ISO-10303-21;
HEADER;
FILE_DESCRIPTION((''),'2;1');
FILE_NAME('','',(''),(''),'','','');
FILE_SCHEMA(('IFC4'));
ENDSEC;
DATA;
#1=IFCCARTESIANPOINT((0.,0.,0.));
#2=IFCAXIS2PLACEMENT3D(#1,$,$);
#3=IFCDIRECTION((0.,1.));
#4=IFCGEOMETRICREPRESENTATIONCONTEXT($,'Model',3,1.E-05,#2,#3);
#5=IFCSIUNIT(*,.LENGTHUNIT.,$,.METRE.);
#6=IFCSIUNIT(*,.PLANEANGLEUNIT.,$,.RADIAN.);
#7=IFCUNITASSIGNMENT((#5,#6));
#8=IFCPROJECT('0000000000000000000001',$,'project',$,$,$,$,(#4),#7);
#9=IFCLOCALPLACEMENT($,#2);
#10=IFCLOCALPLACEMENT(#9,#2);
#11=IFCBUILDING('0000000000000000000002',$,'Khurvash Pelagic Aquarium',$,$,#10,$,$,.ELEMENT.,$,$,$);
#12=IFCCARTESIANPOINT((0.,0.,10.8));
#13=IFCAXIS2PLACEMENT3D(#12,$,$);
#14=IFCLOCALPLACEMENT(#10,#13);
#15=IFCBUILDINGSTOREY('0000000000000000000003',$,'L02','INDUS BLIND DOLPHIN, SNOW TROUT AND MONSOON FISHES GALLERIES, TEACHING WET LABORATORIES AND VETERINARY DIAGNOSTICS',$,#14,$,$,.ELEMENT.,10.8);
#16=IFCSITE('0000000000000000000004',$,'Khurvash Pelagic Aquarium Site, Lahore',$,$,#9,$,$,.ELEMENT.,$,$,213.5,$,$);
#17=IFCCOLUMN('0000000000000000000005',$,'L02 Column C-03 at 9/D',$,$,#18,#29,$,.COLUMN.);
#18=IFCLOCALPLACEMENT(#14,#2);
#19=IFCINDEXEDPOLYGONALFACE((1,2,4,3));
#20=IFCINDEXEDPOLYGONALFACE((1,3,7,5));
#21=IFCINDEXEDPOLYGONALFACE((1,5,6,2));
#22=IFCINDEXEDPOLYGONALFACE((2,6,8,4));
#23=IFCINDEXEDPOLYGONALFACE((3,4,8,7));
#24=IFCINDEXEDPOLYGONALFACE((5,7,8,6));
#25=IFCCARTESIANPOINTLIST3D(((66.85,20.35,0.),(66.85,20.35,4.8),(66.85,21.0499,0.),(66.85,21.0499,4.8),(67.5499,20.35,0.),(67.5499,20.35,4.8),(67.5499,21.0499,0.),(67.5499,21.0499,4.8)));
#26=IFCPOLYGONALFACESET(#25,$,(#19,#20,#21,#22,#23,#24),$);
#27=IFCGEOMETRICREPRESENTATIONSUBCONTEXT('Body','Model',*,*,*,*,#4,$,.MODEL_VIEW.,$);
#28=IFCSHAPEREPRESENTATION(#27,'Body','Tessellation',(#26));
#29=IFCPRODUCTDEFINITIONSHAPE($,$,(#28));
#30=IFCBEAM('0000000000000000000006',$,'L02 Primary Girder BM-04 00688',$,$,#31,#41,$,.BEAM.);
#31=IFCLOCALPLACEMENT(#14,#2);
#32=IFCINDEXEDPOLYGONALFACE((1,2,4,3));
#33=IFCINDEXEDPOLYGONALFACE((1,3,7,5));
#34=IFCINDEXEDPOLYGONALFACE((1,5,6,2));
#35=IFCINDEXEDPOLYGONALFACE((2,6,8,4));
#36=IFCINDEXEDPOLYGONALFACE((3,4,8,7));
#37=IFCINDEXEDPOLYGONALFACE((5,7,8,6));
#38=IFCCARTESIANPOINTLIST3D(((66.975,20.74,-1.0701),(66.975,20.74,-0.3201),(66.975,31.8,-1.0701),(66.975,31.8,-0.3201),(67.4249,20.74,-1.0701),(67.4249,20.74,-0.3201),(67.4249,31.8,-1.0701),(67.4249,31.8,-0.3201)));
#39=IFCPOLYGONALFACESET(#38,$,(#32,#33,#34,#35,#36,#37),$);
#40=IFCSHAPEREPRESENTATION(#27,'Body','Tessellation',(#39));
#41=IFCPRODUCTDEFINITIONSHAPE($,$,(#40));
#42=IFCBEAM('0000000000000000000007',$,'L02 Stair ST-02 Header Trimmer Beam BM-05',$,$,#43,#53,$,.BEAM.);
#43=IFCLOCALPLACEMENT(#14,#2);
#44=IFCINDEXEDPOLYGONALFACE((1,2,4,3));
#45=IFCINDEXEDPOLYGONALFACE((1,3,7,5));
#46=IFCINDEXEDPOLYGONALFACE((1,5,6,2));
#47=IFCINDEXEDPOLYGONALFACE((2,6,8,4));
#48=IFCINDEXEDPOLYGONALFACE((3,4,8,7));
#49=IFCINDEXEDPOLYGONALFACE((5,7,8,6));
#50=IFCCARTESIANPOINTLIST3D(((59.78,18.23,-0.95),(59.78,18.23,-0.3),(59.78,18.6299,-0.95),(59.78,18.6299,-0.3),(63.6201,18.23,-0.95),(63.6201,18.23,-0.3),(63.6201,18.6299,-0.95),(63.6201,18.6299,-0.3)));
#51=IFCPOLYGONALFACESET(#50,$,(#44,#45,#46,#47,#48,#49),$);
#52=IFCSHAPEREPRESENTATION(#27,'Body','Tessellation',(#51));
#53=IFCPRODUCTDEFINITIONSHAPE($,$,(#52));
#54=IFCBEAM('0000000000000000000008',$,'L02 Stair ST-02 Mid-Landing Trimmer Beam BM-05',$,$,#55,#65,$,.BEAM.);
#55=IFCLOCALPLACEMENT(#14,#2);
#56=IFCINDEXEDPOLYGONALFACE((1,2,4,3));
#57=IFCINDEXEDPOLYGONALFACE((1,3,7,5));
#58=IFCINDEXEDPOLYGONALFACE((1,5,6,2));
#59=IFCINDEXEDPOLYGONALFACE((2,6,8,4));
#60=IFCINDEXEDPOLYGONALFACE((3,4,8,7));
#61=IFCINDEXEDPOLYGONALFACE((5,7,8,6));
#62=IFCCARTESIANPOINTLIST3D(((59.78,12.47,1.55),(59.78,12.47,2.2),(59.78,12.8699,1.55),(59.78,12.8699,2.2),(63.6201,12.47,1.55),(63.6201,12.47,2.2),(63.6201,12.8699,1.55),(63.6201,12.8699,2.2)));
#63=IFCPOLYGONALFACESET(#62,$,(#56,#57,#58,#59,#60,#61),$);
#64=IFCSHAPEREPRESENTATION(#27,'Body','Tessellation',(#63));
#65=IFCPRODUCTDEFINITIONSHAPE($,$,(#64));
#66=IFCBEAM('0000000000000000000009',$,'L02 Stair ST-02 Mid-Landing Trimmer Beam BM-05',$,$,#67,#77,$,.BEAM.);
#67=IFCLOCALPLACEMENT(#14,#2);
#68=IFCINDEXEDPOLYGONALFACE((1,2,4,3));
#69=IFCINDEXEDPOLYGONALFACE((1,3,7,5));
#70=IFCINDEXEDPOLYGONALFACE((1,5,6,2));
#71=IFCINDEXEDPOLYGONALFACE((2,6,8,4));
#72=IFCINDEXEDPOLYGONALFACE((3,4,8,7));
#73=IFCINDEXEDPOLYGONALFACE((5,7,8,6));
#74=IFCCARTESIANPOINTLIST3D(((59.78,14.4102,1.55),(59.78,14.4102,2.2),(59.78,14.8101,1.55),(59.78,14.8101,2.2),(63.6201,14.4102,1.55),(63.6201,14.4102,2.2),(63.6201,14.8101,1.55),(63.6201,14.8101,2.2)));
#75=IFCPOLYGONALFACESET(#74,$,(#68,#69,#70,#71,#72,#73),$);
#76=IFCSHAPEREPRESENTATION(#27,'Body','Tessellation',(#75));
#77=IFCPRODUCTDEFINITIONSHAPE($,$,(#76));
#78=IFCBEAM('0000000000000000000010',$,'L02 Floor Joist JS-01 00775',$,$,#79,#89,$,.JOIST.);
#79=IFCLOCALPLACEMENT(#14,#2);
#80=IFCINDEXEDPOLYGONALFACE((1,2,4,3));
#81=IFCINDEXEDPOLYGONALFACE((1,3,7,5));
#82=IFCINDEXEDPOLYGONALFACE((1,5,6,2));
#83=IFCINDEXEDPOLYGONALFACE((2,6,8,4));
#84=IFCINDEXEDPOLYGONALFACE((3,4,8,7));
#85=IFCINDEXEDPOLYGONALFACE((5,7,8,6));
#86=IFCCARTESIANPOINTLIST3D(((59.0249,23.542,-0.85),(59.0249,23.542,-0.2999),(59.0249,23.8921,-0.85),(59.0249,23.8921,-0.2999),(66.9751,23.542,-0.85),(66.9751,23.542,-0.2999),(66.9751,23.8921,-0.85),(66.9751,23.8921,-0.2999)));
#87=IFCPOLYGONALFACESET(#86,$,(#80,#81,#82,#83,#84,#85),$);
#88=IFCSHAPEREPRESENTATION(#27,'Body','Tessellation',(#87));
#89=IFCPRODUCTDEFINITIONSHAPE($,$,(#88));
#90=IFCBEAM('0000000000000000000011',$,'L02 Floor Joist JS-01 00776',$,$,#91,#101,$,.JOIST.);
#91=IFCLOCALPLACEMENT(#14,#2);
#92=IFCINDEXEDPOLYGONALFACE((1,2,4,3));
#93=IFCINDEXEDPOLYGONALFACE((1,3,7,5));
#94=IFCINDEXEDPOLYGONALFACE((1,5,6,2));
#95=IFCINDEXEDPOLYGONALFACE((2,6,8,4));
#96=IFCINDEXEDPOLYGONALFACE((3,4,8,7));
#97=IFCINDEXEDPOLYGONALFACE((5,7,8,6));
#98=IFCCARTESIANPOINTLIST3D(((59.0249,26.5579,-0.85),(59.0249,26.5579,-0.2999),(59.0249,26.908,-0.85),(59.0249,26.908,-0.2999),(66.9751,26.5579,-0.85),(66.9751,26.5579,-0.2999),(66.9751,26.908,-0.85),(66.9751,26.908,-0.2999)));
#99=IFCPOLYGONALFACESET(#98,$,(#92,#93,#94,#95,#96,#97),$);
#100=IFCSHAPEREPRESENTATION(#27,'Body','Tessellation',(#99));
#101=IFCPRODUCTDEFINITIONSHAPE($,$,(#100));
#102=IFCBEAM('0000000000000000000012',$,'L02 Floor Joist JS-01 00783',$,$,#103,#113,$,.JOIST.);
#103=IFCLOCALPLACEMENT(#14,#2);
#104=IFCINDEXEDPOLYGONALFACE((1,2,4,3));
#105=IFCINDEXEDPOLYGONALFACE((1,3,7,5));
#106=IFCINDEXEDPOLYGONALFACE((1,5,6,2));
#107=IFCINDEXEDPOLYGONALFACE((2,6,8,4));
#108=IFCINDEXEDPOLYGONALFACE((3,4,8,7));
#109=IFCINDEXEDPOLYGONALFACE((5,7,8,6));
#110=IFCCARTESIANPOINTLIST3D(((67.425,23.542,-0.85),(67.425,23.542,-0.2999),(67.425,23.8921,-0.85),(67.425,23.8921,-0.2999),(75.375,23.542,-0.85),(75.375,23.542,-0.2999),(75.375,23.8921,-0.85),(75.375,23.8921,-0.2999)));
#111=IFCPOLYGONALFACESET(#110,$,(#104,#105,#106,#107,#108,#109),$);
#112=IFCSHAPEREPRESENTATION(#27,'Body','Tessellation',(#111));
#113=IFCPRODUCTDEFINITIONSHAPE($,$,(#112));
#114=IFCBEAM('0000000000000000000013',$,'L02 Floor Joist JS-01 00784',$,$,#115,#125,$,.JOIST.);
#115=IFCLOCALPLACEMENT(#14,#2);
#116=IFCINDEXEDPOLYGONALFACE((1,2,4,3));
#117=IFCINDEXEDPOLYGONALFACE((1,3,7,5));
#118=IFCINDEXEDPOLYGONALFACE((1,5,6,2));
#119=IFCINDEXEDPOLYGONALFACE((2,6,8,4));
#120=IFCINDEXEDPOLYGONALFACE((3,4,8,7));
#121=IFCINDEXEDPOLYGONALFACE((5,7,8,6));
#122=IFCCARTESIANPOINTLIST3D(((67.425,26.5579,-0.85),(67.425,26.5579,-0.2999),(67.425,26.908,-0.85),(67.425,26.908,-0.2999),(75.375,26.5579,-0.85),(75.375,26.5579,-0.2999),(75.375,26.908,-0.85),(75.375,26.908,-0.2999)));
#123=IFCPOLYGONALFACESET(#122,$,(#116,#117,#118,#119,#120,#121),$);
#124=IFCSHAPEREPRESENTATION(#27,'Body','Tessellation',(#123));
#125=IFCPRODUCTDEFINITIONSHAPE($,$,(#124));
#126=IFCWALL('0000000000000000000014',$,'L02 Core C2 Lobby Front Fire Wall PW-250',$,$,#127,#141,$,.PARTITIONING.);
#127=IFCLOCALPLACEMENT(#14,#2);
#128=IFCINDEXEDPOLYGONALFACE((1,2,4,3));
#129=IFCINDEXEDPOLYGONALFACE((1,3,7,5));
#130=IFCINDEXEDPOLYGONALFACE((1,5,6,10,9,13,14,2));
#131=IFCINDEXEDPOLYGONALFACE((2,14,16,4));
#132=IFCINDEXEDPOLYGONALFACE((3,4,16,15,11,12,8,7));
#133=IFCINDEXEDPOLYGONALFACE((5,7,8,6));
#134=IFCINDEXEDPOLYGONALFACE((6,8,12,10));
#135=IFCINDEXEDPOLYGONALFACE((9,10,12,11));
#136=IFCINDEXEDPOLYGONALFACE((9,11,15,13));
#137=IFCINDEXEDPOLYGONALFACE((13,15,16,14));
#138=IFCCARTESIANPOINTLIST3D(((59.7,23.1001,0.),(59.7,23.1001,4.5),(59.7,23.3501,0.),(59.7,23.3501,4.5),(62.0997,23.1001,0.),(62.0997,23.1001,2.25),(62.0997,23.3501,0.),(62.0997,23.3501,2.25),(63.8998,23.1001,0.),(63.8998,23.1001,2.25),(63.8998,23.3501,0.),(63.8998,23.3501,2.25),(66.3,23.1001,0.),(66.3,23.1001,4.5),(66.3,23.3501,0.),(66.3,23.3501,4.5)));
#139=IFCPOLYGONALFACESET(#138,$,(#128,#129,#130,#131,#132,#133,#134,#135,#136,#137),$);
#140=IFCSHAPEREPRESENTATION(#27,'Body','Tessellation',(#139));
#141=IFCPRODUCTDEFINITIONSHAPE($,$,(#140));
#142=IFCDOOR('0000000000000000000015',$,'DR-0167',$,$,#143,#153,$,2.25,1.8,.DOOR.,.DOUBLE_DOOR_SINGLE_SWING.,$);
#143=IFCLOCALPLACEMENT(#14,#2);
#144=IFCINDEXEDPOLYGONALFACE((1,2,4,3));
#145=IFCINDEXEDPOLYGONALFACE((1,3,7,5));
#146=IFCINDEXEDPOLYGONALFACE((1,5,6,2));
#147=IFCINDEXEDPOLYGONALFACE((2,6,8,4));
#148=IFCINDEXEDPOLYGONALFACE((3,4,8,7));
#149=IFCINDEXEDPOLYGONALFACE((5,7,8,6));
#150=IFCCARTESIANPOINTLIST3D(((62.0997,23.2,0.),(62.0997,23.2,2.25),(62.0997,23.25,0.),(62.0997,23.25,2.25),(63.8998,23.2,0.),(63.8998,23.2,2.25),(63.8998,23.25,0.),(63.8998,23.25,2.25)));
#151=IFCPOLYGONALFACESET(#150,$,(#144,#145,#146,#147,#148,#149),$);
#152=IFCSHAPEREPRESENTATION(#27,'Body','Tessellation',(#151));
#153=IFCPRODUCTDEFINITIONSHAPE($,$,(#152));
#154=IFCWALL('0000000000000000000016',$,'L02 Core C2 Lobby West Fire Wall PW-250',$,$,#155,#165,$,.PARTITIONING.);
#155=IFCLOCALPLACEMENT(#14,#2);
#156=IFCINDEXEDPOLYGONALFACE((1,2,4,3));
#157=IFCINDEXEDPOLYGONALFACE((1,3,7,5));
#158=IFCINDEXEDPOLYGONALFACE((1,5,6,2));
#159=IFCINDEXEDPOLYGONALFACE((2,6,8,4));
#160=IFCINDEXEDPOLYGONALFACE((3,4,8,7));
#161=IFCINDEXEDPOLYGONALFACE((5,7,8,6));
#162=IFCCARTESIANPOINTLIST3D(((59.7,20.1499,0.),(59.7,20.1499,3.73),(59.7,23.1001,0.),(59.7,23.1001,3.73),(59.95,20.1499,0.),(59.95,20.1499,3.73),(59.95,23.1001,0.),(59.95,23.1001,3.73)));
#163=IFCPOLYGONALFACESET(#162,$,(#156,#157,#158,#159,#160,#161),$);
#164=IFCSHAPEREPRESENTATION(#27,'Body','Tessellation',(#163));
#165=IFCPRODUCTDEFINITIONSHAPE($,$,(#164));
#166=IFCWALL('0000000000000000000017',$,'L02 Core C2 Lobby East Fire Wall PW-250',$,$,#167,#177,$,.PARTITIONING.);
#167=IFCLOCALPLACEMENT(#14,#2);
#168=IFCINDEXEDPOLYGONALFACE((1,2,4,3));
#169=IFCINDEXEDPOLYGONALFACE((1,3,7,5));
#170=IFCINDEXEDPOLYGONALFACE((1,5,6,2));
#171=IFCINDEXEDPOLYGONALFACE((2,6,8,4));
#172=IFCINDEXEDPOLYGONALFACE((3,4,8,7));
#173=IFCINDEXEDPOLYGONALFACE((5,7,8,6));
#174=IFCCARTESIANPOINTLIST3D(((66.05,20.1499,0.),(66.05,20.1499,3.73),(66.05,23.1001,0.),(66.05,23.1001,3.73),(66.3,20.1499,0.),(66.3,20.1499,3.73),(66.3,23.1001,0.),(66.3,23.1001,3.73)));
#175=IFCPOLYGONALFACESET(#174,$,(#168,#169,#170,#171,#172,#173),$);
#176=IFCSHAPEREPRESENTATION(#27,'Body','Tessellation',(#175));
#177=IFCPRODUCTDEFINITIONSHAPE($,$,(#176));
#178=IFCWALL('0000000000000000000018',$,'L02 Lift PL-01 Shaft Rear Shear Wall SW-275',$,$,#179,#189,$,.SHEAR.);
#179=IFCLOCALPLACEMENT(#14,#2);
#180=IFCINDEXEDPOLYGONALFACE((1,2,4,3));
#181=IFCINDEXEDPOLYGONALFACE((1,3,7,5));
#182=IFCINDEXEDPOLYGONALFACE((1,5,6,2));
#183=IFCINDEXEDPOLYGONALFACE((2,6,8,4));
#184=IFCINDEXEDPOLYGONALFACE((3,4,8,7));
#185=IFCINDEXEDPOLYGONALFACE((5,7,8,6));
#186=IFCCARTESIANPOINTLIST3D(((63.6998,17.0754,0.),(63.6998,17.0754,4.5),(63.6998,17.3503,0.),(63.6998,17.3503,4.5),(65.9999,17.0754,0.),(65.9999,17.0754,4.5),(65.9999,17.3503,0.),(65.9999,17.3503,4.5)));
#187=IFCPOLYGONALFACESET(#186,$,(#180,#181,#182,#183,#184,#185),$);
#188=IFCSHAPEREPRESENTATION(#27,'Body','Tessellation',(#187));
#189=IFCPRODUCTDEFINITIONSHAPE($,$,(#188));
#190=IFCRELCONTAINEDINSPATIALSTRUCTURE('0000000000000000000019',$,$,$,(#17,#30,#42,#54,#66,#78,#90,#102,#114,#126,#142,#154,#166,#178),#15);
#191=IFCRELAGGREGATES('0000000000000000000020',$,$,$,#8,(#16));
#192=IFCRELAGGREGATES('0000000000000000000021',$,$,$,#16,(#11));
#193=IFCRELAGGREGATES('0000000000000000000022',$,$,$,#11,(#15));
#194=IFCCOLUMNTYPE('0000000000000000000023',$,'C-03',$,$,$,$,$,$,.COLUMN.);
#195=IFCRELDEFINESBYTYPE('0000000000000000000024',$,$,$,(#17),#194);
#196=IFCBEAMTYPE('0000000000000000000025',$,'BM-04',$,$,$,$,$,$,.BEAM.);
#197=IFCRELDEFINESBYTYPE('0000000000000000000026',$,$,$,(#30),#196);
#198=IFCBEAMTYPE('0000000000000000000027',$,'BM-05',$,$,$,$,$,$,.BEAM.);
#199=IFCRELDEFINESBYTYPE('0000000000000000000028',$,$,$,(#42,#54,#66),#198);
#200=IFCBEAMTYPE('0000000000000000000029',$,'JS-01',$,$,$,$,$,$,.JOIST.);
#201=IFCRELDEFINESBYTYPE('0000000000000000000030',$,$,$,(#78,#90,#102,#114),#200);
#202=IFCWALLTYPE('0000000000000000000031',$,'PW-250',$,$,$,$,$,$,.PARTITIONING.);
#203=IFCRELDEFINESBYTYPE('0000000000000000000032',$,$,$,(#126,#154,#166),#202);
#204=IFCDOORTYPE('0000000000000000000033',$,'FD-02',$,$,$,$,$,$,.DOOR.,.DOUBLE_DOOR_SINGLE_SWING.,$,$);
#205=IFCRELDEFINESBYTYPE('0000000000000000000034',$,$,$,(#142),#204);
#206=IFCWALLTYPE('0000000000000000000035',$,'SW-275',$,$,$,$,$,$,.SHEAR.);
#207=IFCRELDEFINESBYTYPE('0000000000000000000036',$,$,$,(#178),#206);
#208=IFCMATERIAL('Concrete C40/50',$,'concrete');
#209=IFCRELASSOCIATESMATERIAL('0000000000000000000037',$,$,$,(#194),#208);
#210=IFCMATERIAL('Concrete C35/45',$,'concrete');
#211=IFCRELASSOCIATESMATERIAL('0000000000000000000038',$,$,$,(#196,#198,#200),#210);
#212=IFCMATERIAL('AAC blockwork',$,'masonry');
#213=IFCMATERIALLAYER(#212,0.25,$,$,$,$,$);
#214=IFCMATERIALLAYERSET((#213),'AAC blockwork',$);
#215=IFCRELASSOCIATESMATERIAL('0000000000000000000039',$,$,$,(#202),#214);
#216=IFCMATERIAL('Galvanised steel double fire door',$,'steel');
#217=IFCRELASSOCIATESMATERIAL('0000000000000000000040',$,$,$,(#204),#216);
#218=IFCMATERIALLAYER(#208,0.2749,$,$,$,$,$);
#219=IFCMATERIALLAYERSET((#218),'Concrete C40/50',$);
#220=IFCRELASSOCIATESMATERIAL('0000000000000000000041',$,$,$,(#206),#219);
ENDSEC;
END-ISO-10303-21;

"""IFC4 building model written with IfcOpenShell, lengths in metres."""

from ifc_helpers import new_model, si_unit, direction, frame, frame_2d, origin, origin_2d, place, context, subcontext, project, spatial, rectangle, extrude, material, layer, layer_set, material_profile, profile_set, type_object, element, fill, save


model = new_model("IFC4")

# Units and contexts
model_context = context("Model", 3, precision=1e-05, world=origin(), true_north=direction((0.0, 1.0)))
body_context = subcontext(model_context, "Body", "Model", "MODEL_VIEW")
ifc_project = project(units=[si_unit("LENGTHUNIT", "METRE"), si_unit("PLANEANGLEUNIT", "RADIAN")], contexts=[model_context])

# Site, building, storey
site_placement = place(None, origin())
site = spatial("IfcSite", under=ifc_project, at=site_placement, Name="Khurvash Pelagic Aquarium Site, Lahore", CompositionType="ELEMENT", RefElevation=213.5)
building_placement = place(site_placement, origin())
building = spatial("IfcBuilding", under=site, at=building_placement, Name="Khurvash Pelagic Aquarium", CompositionType="ELEMENT")
storey_placement = place(building_placement, frame((0.0, 0.0, 10.8)))
storey = spatial("IfcBuildingStorey", under=building, at=storey_placement, Name="L02", Description="INDUS BLIND DOLPHIN, SNOW TROUT AND MONSOON FISHES GALLERIES, TEACHING WET LABORATORIES AND VETERINARY DIAGNOSTICS", CompositionType="ELEMENT", Elevation=10.8)

# Column
ifc_material_1 = material(Name="Concrete C40/50", Category="concrete")
ifc_material_profile_1 = material_profile(ifc_material_1, rectangle(XDim=0.7, YDim=0.7, at=origin_2d()), Name="RC700X700")
ifc_profile_set_1 = profile_set([ifc_material_profile_1], Name="Concrete C40/50")
column_type = type_object("IfcColumnType", Name="C-03", PredefinedType="COLUMN", material=ifc_profile_set_1)
column_placement = place(storey_placement, frame((67.2, 20.7, 0.0), z_axis=(0.0, 0.0, 1.0), x_axis=(1.0, 0.0, 0.0)))
element("IfcColumn", 1, at=column_placement, inside=storey, type_object=column_type, Name="L02 Column C-03 at 9/D", PredefinedType="COLUMN", context=body_context, shape_type="SweptSolid", body=[
    extrude(rectangle(XDim=0.7, YDim=0.7, at=origin_2d()), origin(), (0.0, 0.0, 1.0), 4.8),
])

# Beams
ifc_material_2 = material(Name="Concrete C35/45", Category="concrete")
ifc_material_profile_2 = material_profile(ifc_material_2, rectangle(XDim=0.45, YDim=0.75, at=origin_2d()), Name="RC450X750")
ifc_profile_set_2 = profile_set([ifc_material_profile_2], Name="Concrete C35/45")
beam_type_1 = type_object("IfcBeamType", Name="BM-04", PredefinedType="BEAM", material=ifc_profile_set_2)
beam_placement = place(storey_placement, frame((67.2, 20.74, -0.6951), z_axis=(0.0, 1.0, 0.0), x_axis=(-1.0, 0.0, 0.0)))
element("IfcBeam", 2, at=beam_placement, inside=storey, type_object=beam_type_1, Name="L02 Primary Girder BM-04 00688", PredefinedType="BEAM", context=body_context, shape_type="SweptSolid", body=[
    extrude(rectangle(XDim=0.45, YDim=0.75, at=origin_2d()), origin(), (0.0, 0.0, 1.0), 11.0601),
])
ifc_material_profile_3 = material_profile(ifc_material_2, rectangle(XDim=0.3999, YDim=0.6499, at=origin_2d()), Name="RC400X650")
ifc_profile_set_3 = profile_set([ifc_material_profile_3], Name="Concrete C35/45")
beam_type_2 = type_object("IfcBeamType", Name="BM-05", PredefinedType="BEAM", material=ifc_profile_set_3)
for number, where, z_axis, x_axis, name in (
    (3, (59.78, 18.4299, -0.625), (1.0, 0.0, 0.0), (0.0, 1.0, 0.0), "L02 Stair ST-02 Header Trimmer Beam BM-05"),
    (4, (59.78, 12.6699, 1.875), (1.0, 0.0, 0.0), (0.0, 1.0, 0.0), "L02 Stair ST-02 Mid-Landing Trimmer Beam BM-05"),
    (5, (59.78, 14.6101, 1.875), (1.0, 0.0, 0.0), (0.0, 1.0, 0.0), "L02 Stair ST-02 Mid-Landing Trimmer Beam BM-05"),
):
    element("IfcBeam", number, at=place(storey_placement, frame(where, z_axis=z_axis, x_axis=x_axis)), inside=storey, type_object=beam_type_2, Name=name, PredefinedType="BEAM", context=body_context, shape_type="SweptSolid", body=[
        extrude(rectangle(XDim=0.3999, YDim=0.6499, at=origin_2d()), origin(), (0.0, 0.0, 1.0), 3.8401),
    ])
ifc_material_profile_4 = material_profile(ifc_material_2, rectangle(XDim=0.3501, YDim=0.55, at=origin_2d()), Name="RC350X550")
ifc_profile_set_4 = profile_set([ifc_material_profile_4], Name="Concrete C35/45")
beam_type_3 = type_object("IfcBeamType", Name="JS-01", PredefinedType="JOIST", material=ifc_profile_set_4)
for number, where, z_axis, x_axis, name in (
    (6, (59.0249, 23.717, -0.575), (1.0, 0.0, 0.0), (0.0, 1.0, 0.0), "L02 Floor Joist JS-01 00775"),
    (7, (59.0249, 26.7329, -0.575), (1.0, 0.0, 0.0), (0.0, 1.0, 0.0), "L02 Floor Joist JS-01 00776"),
):
    element("IfcBeam", number, at=place(storey_placement, frame(where, z_axis=z_axis, x_axis=x_axis)), inside=storey, type_object=beam_type_3, Name=name, PredefinedType="JOIST", context=body_context, shape_type="SweptSolid", body=[
        extrude(rectangle(XDim=0.3501, YDim=0.55, at=origin_2d()), origin(), (0.0, 0.0, 1.0), 7.9502),
    ])
for number, where, z_axis, x_axis, name in (
    (8, (67.425, 23.717, -0.575), (1.0, 0.0, 0.0), (0.0, 1.0, 0.0), "L02 Floor Joist JS-01 00783"),
    (9, (67.425, 26.7329, -0.575), (1.0, 0.0, 0.0), (0.0, 1.0, 0.0), "L02 Floor Joist JS-01 00784"),
):
    element("IfcBeam", number, at=place(storey_placement, frame(where, z_axis=z_axis, x_axis=x_axis)), inside=storey, type_object=beam_type_3, Name=name, PredefinedType="JOIST", context=body_context, shape_type="SweptSolid", body=[
        extrude(rectangle(XDim=0.3501, YDim=0.55, at=origin_2d()), origin(), (0.0, 0.0, 1.0), 7.95),
    ])

# Wall, opening, door
ifc_material_3 = material(Name="AAC blockwork", Category="masonry")
ifc_layer_1 = layer(ifc_material_3, 0.25)
ifc_layer_set_1 = layer_set([ifc_layer_1], Name="AAC blockwork")
wall_type_1 = type_object("IfcWallType", Name="PW-250", PredefinedType="PARTITIONING", material=ifc_layer_set_1)
wall_1_placement = place(storey_placement, frame((59.7, 23.2251, 0.0), z_axis=(0.0, 0.0, 1.0), x_axis=(1.0, 0.0, 0.0)))
wall_1 = element("IfcWall", 10, at=wall_1_placement, inside=storey, type_object=wall_type_1, Name="L02 Core C2 Lobby Front Fire Wall PW-250", PredefinedType="PARTITIONING", context=body_context, shape_type="SweptSolid", body=[
    extrude(rectangle(XDim=6.6001, YDim=0.25, at=frame_2d((3.3, 0.0))), origin(), (0.0, 0.0, 1.0), 4.5),
])
opening_1_placement = place(wall_1_placement, frame((2.3999, 0.0, 0.0)))
opening_1 = element("IfcOpeningElement", 11, at=opening_1_placement, cuts=wall_1, PredefinedType="OPENING", context=body_context, shape_type="SweptSolid", body=[
    extrude(rectangle(XDim=1.8, YDim=2.25, at=frame_2d((0.8999, 1.125))), frame((0.0, 0.135, 0.0), z_axis=(0.0, -1.0, 0.0), x_axis=(1.0, 0.0, 0.0)), (0.0, 0.0, 1.0), 0.27),
])
ifc_material_4 = material(Name="Galvanised steel double fire door", Category="steel")
door_type_1 = type_object("IfcDoorType", Name="FD-02", OperationType="DOUBLE_DOOR_SINGLE_SWING", PredefinedType="DOOR", material=ifc_material_4)
door_1_placement = place(opening_1_placement, origin())
door_1 = element("IfcDoor", 12, at=door_1_placement, inside=storey, type_object=door_type_1, Name="DR-0167", OperationType="DOUBLE_DOOR_SINGLE_SWING", OverallHeight=2.25, OverallWidth=1.8, PredefinedType="DOOR", context=body_context, shape_type="SweptSolid", body=[
    extrude(rectangle(XDim=1.8, YDim=2.25, at=frame_2d((0.8999, 1.125))), frame((0.0, 0.0249, 0.0), z_axis=(0.0, -1.0, 0.0), x_axis=(1.0, 0.0, 0.0)), (0.0, 0.0, 1.0), 0.05),
])
fill(opening_1, door_1)

# Walls
for number, where, z_axis, x_axis, name in (
    (13, (59.825, 20.1499, 0.0), (0.0, 0.0, 1.0), (0.0, 1.0, 0.0), "L02 Core C2 Lobby West Fire Wall PW-250"),
    (14, (66.175, 20.1499, 0.0), (0.0, 0.0, 1.0), (0.0, 1.0, 0.0), "L02 Core C2 Lobby East Fire Wall PW-250"),
):
    element("IfcWall", number, at=place(storey_placement, frame(where, z_axis=z_axis, x_axis=x_axis)), inside=storey, type_object=wall_type_1, Name=name, PredefinedType="PARTITIONING", context=body_context, shape_type="SweptSolid", body=[
        extrude(rectangle(XDim=2.9502, YDim=0.25, at=frame_2d((1.4751, 0.0))), origin(), (0.0, 0.0, 1.0), 3.73),
    ])
ifc_layer_2 = layer(ifc_material_1, 0.2749)
ifc_layer_set_2 = layer_set([ifc_layer_2], Name="Concrete C40/50")
wall_type_2 = type_object("IfcWallType", Name="SW-275", PredefinedType="SHEAR", material=ifc_layer_set_2)
wall_2_placement = place(storey_placement, frame((63.7, 17.2129, 0.0), z_axis=(0.0, 0.0, 1.0), x_axis=(1.0, 0.0, 0.0)))
element("IfcWall", 15, at=wall_2_placement, inside=storey, type_object=wall_type_2, Name="L02 Lift PL-01 Shaft Rear Shear Wall SW-275", PredefinedType="SHEAR", context=body_context, shape_type="SweptSolid", body=[
    extrude(rectangle(XDim=2.3, YDim=0.2749, at=frame_2d((1.1499, 0.0))), origin(), (0.0, 0.0, 1.0), 4.5),
])

save(model, "model.ifc")
